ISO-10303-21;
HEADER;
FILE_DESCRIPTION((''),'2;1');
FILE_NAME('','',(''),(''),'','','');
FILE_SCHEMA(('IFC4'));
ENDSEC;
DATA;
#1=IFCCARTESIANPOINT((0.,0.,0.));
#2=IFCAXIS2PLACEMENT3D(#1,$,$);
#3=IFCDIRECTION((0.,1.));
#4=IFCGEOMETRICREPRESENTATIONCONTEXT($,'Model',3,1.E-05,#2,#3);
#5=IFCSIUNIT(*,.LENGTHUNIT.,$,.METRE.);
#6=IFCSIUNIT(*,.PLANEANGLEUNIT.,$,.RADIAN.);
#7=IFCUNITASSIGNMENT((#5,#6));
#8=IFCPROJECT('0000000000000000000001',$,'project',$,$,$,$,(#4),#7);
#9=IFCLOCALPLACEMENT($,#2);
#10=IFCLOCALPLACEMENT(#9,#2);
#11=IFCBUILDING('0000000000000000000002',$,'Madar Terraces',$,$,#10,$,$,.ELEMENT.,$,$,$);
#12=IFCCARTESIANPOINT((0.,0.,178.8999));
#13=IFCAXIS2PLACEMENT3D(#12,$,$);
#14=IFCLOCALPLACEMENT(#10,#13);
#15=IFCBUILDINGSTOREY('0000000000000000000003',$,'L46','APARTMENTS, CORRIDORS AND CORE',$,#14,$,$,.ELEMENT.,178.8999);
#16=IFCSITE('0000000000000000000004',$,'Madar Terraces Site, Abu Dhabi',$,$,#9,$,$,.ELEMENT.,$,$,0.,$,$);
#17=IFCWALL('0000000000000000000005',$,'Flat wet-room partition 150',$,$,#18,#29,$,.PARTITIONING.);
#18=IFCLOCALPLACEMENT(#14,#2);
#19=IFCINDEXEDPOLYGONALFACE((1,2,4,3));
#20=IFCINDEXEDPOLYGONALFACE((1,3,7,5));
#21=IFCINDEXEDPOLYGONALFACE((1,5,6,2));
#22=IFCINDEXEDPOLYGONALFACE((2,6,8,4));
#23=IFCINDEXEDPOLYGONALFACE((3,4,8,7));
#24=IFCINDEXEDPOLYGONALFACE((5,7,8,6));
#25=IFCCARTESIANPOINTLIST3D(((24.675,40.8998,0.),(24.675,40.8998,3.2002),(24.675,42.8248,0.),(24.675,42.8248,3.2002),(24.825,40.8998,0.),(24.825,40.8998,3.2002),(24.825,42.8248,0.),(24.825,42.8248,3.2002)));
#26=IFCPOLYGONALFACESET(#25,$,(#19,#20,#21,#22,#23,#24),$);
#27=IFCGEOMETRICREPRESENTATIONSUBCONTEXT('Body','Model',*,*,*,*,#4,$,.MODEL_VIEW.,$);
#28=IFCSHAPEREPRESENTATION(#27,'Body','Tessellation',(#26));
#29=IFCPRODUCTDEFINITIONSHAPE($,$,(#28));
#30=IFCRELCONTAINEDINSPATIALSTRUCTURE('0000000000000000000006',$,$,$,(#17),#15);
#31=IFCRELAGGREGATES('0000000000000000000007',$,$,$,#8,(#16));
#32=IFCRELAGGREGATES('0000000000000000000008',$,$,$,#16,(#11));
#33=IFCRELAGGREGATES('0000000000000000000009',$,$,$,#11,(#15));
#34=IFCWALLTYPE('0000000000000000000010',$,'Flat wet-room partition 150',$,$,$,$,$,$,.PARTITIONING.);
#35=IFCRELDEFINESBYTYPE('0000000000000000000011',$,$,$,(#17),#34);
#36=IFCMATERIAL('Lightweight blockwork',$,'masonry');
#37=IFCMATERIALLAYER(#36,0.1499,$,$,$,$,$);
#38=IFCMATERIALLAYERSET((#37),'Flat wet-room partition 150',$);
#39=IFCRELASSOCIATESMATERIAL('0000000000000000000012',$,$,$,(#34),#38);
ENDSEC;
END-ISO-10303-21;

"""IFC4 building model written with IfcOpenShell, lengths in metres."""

from ifc_helpers import new_model, si_unit, direction, frame, frame_2d, origin, place, context, subcontext, project, spatial, rectangle, extrude, material, layer, layer_set, type_object, element, save


model = new_model("IFC4")

# Units and contexts
model_context = context("Model", 3, precision=1e-05, world=origin(), true_north=direction((0.0, 1.0)))
body_context = subcontext(model_context, "Body", "Model", "MODEL_VIEW")
ifc_project = project(units=[si_unit("LENGTHUNIT", "METRE"), si_unit("PLANEANGLEUNIT", "RADIAN")], contexts=[model_context])

# Site, building, storey
site_placement = place(None, origin())
site = spatial("IfcSite", under=ifc_project, at=site_placement, Name="Madar Terraces Site, Abu Dhabi", CompositionType="ELEMENT", RefElevation=0.0)
building_placement = place(site_placement, origin())
building = spatial("IfcBuilding", under=site, at=building_placement, Name="Madar Terraces", CompositionType="ELEMENT")
storey_placement = place(building_placement, frame((0.0, 0.0, 178.8999)))
storey = spatial("IfcBuildingStorey", under=building, at=storey_placement, Name="L46", Description="APARTMENTS, CORRIDORS AND CORE", CompositionType="ELEMENT", Elevation=178.8999)

# Wall
ifc_material_1 = material(Name="Lightweight blockwork", Category="masonry")
ifc_layer_1 = layer(ifc_material_1, 0.1499)
ifc_layer_set_1 = layer_set([ifc_layer_1], Name="Flat wet-room partition 150")
wall_type_1 = type_object("IfcWallType", Name="Flat wet-room partition 150", PredefinedType="PARTITIONING", material=ifc_layer_set_1)
wall_1_placement = place(storey_placement, frame((24.75, 40.8999, 0.0), z_axis=(0.0, 0.0, 1.0), x_axis=(0.0, 1.0, 0.0)))
element("IfcWall", 1, at=wall_1_placement, inside=storey, type_object=wall_type_1, Name="Flat wet-room partition 150", PredefinedType="PARTITIONING", context=body_context, shape_type="SweptSolid", body=[
    extrude(rectangle(XDim=1.925, YDim=0.1499, at=frame_2d((0.9624, 0.0))), origin(), (0.0, 0.0, 1.0), 3.2002),
])

save(model, "model.ifc")
